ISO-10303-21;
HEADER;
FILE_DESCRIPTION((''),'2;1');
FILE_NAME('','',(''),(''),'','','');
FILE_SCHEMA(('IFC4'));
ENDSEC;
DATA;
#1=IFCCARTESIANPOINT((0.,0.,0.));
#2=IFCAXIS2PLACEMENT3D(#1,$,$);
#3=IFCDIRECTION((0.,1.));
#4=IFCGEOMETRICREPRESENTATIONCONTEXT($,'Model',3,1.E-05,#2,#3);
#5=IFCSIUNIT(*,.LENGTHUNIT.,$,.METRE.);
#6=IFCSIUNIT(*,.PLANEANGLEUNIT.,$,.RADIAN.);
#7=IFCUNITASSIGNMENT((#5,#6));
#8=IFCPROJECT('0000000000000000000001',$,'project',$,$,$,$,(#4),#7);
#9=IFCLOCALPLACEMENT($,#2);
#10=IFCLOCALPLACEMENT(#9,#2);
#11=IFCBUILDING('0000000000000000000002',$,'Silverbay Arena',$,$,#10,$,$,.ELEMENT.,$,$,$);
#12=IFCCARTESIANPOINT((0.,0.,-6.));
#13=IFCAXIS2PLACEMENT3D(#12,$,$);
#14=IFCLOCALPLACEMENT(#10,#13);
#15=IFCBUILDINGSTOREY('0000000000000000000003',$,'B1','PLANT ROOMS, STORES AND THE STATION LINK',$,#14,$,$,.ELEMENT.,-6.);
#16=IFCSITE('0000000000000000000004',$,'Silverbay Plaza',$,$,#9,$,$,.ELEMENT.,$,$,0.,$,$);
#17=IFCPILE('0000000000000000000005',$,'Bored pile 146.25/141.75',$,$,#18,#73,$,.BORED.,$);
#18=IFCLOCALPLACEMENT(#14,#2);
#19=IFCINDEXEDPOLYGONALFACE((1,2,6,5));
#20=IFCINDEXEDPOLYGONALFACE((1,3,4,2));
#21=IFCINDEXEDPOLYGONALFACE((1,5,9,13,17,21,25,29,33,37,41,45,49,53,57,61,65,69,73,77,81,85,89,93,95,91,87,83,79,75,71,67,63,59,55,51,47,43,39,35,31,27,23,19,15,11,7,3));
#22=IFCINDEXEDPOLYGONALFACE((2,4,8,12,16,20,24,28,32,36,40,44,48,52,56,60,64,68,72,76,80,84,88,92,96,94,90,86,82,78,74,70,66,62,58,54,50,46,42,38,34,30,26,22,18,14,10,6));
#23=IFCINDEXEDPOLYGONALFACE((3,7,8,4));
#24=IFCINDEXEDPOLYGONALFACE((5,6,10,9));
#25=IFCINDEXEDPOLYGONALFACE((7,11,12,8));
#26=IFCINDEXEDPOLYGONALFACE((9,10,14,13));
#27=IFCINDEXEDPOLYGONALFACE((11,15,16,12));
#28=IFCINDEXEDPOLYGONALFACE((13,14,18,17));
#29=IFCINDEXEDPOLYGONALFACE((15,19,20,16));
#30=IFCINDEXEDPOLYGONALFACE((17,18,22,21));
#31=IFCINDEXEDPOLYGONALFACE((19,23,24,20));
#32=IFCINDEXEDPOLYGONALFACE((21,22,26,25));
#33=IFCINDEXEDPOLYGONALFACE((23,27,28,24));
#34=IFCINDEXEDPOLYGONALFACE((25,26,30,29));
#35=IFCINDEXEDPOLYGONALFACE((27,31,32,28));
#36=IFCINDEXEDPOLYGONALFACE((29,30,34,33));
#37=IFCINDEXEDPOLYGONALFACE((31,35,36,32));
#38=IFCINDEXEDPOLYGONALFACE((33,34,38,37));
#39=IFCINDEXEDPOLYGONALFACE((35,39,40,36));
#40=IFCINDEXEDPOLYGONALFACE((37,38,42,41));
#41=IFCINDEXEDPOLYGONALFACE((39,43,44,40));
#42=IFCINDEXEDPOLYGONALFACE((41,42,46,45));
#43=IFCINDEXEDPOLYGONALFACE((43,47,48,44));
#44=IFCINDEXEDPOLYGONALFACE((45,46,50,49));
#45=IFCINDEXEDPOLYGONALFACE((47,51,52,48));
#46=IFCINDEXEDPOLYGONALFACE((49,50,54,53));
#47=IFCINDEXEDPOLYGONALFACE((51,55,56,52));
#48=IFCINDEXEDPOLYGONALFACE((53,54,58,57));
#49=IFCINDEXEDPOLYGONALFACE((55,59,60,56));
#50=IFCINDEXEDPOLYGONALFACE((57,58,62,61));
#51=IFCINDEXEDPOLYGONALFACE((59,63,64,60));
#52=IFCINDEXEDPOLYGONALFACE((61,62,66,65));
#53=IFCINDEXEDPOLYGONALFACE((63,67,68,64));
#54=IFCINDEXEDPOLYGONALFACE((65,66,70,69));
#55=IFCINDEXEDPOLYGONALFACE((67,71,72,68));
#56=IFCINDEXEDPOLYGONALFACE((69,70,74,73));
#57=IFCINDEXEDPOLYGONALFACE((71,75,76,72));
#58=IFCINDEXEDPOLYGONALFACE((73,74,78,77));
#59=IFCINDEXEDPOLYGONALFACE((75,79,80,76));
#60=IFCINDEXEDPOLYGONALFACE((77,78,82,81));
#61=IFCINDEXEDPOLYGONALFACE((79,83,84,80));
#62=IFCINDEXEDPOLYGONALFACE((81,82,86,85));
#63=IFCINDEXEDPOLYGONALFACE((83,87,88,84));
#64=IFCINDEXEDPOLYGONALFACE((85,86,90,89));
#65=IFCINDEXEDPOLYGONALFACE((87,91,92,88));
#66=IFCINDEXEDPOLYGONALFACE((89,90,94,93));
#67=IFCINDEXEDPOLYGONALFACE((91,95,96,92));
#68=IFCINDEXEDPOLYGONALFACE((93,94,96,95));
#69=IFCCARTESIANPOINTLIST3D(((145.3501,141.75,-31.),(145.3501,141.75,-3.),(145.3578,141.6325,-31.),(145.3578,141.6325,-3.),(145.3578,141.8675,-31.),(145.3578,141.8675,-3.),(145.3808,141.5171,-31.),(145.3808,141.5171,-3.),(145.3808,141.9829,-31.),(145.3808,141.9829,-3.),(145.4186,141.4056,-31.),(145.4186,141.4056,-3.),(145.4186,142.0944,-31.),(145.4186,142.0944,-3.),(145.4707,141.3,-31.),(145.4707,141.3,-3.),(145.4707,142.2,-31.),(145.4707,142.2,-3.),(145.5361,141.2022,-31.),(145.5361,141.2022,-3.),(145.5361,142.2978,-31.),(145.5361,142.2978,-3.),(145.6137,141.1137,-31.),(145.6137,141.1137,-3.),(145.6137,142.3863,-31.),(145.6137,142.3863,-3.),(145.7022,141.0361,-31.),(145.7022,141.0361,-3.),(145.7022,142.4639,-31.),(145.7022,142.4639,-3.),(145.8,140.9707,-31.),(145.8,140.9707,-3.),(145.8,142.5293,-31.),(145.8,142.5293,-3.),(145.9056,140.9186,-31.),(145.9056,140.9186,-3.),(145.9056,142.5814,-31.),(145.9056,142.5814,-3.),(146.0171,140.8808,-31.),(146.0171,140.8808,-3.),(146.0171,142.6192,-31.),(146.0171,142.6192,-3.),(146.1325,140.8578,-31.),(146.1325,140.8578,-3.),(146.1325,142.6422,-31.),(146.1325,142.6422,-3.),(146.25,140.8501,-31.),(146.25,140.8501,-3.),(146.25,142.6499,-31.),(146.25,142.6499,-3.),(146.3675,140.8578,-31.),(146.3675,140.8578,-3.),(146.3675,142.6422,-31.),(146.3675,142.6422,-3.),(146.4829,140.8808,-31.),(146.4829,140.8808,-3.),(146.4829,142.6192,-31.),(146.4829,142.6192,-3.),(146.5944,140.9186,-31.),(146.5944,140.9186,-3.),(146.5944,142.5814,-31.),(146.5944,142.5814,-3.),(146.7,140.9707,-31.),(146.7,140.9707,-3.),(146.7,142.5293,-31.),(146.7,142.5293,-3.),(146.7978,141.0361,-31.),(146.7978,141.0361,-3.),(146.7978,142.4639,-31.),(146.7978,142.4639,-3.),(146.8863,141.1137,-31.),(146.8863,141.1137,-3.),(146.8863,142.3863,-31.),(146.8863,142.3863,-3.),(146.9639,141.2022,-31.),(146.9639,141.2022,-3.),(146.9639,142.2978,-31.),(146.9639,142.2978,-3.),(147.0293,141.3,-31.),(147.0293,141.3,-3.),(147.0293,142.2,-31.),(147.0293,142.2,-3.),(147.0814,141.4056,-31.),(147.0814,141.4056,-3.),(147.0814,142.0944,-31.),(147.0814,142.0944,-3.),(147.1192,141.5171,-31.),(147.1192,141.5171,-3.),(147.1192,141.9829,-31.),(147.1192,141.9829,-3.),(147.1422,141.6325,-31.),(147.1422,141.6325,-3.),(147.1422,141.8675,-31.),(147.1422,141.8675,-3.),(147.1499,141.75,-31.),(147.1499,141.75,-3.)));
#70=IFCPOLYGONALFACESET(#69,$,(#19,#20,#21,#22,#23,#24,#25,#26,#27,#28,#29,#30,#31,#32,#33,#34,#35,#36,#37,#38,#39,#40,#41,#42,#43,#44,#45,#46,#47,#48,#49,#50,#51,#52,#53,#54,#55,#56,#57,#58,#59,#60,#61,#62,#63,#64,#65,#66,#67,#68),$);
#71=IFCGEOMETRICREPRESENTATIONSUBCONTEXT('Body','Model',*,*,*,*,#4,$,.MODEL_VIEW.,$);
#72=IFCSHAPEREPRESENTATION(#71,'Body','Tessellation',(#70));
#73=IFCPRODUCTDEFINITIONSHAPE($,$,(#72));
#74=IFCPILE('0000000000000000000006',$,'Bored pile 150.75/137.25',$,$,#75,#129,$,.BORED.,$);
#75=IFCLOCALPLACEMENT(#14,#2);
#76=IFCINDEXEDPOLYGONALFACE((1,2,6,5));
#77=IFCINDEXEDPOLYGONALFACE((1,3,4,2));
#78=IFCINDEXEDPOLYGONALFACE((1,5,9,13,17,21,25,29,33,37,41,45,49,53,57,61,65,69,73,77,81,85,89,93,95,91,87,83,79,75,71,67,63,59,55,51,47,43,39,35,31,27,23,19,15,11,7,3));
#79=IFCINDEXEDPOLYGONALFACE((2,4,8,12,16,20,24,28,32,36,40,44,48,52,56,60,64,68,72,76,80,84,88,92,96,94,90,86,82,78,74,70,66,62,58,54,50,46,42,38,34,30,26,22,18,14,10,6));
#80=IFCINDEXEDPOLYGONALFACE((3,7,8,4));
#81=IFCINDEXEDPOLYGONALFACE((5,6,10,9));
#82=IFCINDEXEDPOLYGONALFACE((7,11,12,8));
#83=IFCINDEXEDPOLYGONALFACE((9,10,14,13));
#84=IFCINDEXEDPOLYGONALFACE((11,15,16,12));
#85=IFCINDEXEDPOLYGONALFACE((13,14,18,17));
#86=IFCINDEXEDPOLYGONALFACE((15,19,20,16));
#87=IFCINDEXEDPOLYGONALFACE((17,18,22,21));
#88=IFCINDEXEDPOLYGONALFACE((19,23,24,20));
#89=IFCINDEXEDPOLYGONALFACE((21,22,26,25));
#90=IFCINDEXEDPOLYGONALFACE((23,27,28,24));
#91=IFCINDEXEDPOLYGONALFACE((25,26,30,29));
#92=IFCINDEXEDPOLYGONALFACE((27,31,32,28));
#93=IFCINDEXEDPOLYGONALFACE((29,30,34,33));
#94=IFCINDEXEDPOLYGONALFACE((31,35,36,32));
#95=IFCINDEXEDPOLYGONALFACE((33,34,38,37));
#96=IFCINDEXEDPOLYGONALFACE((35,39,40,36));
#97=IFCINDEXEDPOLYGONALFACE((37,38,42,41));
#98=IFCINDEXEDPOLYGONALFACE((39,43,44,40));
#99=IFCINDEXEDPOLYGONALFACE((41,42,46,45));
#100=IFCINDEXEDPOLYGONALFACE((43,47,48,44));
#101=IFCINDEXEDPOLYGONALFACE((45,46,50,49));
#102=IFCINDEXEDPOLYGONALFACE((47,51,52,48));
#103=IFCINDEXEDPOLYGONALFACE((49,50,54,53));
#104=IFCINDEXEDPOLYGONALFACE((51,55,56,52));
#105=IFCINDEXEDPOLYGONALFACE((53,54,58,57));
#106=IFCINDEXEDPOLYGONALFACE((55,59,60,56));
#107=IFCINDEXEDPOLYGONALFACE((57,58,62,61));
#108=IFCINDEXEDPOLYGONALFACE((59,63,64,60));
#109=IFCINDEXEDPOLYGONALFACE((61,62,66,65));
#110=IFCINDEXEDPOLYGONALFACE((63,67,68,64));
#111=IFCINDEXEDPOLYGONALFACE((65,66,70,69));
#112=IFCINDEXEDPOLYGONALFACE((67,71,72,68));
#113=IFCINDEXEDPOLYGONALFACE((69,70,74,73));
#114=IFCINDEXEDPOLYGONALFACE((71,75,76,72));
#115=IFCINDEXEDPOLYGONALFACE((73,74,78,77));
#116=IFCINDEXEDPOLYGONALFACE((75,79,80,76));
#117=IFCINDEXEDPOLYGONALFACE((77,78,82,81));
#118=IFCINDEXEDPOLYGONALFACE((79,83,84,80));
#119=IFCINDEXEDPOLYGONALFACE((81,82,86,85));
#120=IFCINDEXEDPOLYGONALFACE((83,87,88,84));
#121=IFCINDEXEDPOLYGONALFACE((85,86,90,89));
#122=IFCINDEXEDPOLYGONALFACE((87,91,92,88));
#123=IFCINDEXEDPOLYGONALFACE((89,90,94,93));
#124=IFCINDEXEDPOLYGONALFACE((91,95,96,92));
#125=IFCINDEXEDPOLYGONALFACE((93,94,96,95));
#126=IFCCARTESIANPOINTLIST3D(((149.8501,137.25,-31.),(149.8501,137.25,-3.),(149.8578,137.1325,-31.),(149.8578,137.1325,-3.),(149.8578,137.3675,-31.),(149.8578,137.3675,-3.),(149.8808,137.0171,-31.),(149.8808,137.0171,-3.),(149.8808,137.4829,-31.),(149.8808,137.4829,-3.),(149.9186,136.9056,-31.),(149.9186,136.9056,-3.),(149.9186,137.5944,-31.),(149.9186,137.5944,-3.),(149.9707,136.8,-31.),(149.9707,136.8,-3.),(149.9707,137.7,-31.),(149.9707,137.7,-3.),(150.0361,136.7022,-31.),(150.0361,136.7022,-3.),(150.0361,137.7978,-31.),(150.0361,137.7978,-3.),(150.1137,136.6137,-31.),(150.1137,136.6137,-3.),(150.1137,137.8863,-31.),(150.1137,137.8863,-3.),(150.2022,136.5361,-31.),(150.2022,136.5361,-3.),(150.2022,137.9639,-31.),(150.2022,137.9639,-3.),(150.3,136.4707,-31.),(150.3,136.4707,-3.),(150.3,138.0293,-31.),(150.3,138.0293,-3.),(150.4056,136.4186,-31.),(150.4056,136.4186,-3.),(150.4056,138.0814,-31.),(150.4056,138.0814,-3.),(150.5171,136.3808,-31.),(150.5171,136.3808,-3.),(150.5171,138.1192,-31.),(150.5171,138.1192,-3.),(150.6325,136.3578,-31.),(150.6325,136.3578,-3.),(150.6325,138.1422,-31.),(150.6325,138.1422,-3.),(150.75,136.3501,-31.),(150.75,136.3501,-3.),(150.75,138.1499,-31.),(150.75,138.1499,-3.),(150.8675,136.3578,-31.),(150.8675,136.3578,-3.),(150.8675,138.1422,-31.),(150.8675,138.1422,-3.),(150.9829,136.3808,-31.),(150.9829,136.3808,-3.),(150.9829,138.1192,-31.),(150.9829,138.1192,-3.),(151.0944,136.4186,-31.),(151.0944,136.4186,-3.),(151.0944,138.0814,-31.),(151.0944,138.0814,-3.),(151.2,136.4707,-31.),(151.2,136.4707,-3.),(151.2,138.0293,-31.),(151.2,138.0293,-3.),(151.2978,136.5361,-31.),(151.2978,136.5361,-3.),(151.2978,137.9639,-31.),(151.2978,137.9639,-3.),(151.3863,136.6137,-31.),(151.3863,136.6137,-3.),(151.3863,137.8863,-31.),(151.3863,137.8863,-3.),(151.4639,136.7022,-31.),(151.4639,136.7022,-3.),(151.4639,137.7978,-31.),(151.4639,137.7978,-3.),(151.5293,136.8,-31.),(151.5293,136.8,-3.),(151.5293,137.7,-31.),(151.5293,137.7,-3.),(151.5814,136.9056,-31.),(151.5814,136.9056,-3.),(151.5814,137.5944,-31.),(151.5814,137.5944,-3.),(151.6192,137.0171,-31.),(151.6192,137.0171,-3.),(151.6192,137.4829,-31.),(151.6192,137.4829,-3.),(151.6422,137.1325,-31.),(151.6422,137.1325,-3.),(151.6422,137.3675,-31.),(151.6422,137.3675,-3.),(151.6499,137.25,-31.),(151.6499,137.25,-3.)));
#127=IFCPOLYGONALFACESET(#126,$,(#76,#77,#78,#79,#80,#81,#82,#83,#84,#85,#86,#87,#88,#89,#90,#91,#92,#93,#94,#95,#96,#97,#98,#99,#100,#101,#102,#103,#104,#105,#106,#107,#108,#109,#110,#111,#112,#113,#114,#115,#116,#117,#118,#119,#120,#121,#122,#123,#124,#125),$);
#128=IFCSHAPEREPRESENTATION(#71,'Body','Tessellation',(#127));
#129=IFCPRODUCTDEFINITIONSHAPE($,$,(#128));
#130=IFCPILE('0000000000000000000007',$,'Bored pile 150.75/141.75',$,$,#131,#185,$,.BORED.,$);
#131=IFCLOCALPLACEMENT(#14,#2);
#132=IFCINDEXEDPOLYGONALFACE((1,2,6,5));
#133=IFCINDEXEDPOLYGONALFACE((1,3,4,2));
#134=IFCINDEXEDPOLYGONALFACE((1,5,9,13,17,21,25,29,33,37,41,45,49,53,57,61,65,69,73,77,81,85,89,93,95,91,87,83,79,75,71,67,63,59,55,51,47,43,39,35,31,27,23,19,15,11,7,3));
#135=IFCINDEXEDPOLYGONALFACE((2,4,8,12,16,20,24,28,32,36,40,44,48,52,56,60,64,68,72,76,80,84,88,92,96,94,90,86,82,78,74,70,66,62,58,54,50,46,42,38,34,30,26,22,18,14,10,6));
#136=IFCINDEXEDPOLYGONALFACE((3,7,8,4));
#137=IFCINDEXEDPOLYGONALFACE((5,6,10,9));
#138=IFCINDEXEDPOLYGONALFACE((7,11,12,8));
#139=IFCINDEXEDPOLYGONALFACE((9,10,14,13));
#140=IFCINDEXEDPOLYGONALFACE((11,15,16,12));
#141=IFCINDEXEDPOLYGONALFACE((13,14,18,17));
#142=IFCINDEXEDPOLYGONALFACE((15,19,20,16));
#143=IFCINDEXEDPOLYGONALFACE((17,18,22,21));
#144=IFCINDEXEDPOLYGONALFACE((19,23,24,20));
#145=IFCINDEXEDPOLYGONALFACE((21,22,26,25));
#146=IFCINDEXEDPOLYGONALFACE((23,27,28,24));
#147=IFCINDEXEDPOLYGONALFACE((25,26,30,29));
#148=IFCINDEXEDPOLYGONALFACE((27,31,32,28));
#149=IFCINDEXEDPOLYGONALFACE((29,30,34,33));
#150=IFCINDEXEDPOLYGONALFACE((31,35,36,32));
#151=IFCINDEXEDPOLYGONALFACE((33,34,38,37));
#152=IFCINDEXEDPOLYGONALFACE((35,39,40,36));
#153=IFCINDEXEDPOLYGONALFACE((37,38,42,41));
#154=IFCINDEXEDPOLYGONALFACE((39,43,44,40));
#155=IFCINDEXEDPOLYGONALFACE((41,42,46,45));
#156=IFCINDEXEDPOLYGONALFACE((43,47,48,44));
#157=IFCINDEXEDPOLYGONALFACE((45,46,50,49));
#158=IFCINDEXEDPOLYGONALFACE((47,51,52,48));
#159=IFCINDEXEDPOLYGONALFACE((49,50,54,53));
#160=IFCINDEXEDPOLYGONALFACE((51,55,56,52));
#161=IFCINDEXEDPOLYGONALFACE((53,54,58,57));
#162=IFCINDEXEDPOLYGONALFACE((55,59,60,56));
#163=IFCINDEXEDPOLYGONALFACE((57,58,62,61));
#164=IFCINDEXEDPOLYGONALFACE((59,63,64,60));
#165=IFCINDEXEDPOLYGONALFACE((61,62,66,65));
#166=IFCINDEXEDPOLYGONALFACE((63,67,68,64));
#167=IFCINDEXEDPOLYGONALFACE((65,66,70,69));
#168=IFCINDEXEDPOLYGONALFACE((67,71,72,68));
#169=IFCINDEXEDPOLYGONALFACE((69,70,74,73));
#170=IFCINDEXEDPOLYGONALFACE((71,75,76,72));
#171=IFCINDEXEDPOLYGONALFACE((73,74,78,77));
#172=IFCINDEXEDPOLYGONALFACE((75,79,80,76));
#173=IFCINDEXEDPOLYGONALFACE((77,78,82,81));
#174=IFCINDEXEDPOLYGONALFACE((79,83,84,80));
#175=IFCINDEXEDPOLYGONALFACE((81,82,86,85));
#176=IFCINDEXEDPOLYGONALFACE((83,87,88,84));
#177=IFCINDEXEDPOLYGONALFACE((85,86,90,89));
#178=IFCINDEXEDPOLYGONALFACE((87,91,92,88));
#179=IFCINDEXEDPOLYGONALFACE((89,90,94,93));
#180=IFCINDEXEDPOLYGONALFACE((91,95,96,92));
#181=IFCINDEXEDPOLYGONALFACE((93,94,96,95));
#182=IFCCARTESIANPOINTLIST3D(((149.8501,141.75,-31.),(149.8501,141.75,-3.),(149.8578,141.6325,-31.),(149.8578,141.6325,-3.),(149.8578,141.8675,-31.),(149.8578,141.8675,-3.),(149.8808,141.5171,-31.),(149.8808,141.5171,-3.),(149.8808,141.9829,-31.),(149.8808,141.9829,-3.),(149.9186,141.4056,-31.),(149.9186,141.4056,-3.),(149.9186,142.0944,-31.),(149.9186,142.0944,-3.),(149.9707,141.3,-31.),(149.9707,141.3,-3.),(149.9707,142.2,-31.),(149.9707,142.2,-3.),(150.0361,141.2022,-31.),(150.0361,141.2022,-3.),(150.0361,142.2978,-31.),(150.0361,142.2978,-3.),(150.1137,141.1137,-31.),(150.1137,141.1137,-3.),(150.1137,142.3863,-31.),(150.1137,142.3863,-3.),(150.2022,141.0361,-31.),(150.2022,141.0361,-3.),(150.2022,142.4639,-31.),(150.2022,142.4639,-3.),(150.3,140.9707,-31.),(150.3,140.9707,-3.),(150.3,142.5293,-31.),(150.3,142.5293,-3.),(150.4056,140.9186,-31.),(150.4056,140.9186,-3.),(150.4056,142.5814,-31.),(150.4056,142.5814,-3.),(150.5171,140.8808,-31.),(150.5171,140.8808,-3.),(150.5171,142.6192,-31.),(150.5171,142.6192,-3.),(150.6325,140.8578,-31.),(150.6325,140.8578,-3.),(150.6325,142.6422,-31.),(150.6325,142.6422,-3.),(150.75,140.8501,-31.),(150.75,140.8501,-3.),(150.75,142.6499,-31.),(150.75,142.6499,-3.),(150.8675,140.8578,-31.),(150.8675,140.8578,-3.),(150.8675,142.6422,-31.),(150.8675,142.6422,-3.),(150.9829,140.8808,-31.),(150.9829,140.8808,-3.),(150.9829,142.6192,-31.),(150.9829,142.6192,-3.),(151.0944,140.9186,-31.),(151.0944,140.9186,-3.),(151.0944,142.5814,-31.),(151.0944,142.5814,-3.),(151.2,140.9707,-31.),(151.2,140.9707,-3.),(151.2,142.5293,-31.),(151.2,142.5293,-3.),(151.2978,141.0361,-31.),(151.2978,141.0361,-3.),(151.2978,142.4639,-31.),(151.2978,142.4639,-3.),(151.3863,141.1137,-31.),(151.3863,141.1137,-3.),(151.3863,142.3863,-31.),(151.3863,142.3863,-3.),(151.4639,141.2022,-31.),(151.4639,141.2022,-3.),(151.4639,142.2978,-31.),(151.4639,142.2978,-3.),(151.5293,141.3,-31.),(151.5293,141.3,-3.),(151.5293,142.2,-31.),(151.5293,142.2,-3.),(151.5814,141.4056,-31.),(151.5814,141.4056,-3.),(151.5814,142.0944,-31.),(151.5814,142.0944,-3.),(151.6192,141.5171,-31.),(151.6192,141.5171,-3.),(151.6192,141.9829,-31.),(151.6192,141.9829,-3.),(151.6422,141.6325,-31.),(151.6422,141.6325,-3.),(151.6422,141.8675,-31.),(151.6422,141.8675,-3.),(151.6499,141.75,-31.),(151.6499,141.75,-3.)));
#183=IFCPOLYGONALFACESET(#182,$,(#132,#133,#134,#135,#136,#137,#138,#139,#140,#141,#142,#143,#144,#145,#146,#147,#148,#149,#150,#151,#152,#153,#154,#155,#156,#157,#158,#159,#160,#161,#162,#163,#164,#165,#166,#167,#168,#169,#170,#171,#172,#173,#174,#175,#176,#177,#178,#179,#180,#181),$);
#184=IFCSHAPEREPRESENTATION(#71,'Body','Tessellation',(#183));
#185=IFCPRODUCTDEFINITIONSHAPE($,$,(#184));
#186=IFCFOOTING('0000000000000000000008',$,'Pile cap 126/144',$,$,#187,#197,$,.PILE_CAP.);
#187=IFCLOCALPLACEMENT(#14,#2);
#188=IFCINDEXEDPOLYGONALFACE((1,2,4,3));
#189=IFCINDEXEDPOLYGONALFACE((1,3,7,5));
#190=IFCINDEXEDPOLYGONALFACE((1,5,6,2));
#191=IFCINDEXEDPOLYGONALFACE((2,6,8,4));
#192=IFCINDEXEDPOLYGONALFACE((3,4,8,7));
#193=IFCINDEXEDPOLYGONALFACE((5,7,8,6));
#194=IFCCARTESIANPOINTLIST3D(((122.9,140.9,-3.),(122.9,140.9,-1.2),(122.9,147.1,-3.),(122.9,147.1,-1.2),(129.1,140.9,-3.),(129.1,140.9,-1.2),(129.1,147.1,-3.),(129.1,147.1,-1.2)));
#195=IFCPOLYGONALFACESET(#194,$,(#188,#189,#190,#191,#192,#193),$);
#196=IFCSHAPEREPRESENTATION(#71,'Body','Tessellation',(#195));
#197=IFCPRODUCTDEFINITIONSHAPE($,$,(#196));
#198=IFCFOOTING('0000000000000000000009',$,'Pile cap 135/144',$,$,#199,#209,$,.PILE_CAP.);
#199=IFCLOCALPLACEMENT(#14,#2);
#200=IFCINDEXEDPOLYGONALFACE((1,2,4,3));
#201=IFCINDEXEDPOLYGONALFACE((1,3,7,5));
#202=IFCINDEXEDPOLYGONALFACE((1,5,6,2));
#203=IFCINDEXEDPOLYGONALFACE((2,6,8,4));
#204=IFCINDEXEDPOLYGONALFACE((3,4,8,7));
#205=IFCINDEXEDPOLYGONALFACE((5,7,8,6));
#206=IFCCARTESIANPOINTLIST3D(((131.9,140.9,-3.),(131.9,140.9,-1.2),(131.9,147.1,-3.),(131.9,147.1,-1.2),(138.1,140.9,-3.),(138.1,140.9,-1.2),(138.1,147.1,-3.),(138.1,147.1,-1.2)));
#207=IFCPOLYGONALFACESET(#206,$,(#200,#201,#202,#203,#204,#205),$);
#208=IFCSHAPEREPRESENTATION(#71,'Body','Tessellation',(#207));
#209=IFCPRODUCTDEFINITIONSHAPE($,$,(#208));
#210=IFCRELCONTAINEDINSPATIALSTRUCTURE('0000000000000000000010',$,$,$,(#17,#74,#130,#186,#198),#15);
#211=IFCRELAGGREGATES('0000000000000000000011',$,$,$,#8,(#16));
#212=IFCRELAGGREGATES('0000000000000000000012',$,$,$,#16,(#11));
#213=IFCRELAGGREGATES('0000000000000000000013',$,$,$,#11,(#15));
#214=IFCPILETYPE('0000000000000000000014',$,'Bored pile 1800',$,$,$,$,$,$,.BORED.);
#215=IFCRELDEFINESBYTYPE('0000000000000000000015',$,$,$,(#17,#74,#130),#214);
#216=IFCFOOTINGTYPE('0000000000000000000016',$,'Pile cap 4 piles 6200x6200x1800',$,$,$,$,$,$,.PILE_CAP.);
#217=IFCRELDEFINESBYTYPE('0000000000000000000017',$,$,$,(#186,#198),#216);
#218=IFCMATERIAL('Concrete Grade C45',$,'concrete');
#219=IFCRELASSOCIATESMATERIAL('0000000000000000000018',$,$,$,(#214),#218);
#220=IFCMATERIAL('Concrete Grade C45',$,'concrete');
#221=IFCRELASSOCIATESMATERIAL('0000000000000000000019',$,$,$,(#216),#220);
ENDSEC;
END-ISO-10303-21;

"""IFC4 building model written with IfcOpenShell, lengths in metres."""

from ifc_helpers import new_model, si_unit, direction, frame, origin, origin_2d, place, context, subcontext, project, spatial, rectangle, circle, extrude, material, material_profile, profile_set, type_object, element, save


model = new_model("IFC4")

# Units and contexts
model_context = context("Model", 3, precision=1e-05, world=origin(), true_north=direction((0.0, 1.0)))
body_context = subcontext(model_context, "Body", "Model", "MODEL_VIEW")
ifc_project = project(units=[si_unit("LENGTHUNIT", "METRE"), si_unit("PLANEANGLEUNIT", "RADIAN")], contexts=[model_context])

# Site, building, storey
site_placement = place(None, origin())
site = spatial("IfcSite", under=ifc_project, at=site_placement, Name="Silverbay Plaza", CompositionType="ELEMENT", RefElevation=0.0)
building_placement = place(site_placement, origin())
building = spatial("IfcBuilding", under=site, at=building_placement, Name="Silverbay Arena", CompositionType="ELEMENT")
storey_placement = place(building_placement, frame((0.0, 0.0, -6.0)))
storey = spatial("IfcBuildingStorey", under=building, at=storey_placement, Name="B1", Description="PLANT ROOMS, STORES AND THE STATION LINK", CompositionType="ELEMENT", Elevation=-6.0)

# Piles
ifc_material_1 = material(Name="Concrete Grade C45", Category="concrete")
ifc_material_profile_1 = material_profile(ifc_material_1, circle(Radius=0.8999, at=origin_2d()), Name="Bored pile 1800")
ifc_profile_set_1 = profile_set([ifc_material_profile_1], Name="Concrete Grade C45")
pile_type_1 = type_object("IfcPileType", Name="Bored pile 1800", PredefinedType="BORED", material=ifc_profile_set_1)
for number, where, z_axis, x_axis, name in (
    (1, (146.25, 141.75, -3.0), (0.0, 0.0, -1.0), (1.0, 0.0, 0.0), "Bored pile 146.25/141.75"),
    (2, (150.75, 137.25, -3.0), (0.0, 0.0, -1.0), (1.0, 0.0, 0.0), "Bored pile 150.75/137.25"),
    (3, (150.75, 141.75, -3.0), (0.0, 0.0, -1.0), (1.0, 0.0, 0.0), "Bored pile 150.75/141.75"),
):
    element("IfcPile", number, at=place(storey_placement, frame(where, z_axis=z_axis, x_axis=x_axis)), inside=storey, type_object=pile_type_1, Name=name, PredefinedType="BORED", context=body_context, shape_type="SweptSolid", body=[
        extrude(circle(Radius=0.8999, at=origin_2d()), origin(), (0.0, 0.0, 1.0), 28.0),
    ])

# Footings
ifc_material_2 = material(Name="Concrete Grade C45", Category="concrete")
footing_type = type_object("IfcFootingType", Name="Pile cap 4 piles 6200x6200x1800", PredefinedType="PILE_CAP", material=ifc_material_2)
for number, where, z_axis, x_axis, name in (
    (4, (126.0, 144.0, -3.0), (0.0, 0.0, 1.0), (1.0, 0.0, 0.0), "Pile cap 126/144"),
    (5, (135.0, 144.0, -3.0), (0.0, 0.0, 1.0), (1.0, 0.0, 0.0), "Pile cap 135/144"),
):
    element("IfcFooting", number, at=place(storey_placement, frame(where, z_axis=z_axis, x_axis=x_axis)), inside=storey, type_object=footing_type, Name=name, PredefinedType="PILE_CAP", context=body_context, shape_type="SweptSolid", body=[
        extrude(rectangle(XDim=6.2, YDim=6.2, at=origin_2d()), origin(), (0.0, 0.0, 1.0), 1.8),
    ])

save(model, "model.ifc")
